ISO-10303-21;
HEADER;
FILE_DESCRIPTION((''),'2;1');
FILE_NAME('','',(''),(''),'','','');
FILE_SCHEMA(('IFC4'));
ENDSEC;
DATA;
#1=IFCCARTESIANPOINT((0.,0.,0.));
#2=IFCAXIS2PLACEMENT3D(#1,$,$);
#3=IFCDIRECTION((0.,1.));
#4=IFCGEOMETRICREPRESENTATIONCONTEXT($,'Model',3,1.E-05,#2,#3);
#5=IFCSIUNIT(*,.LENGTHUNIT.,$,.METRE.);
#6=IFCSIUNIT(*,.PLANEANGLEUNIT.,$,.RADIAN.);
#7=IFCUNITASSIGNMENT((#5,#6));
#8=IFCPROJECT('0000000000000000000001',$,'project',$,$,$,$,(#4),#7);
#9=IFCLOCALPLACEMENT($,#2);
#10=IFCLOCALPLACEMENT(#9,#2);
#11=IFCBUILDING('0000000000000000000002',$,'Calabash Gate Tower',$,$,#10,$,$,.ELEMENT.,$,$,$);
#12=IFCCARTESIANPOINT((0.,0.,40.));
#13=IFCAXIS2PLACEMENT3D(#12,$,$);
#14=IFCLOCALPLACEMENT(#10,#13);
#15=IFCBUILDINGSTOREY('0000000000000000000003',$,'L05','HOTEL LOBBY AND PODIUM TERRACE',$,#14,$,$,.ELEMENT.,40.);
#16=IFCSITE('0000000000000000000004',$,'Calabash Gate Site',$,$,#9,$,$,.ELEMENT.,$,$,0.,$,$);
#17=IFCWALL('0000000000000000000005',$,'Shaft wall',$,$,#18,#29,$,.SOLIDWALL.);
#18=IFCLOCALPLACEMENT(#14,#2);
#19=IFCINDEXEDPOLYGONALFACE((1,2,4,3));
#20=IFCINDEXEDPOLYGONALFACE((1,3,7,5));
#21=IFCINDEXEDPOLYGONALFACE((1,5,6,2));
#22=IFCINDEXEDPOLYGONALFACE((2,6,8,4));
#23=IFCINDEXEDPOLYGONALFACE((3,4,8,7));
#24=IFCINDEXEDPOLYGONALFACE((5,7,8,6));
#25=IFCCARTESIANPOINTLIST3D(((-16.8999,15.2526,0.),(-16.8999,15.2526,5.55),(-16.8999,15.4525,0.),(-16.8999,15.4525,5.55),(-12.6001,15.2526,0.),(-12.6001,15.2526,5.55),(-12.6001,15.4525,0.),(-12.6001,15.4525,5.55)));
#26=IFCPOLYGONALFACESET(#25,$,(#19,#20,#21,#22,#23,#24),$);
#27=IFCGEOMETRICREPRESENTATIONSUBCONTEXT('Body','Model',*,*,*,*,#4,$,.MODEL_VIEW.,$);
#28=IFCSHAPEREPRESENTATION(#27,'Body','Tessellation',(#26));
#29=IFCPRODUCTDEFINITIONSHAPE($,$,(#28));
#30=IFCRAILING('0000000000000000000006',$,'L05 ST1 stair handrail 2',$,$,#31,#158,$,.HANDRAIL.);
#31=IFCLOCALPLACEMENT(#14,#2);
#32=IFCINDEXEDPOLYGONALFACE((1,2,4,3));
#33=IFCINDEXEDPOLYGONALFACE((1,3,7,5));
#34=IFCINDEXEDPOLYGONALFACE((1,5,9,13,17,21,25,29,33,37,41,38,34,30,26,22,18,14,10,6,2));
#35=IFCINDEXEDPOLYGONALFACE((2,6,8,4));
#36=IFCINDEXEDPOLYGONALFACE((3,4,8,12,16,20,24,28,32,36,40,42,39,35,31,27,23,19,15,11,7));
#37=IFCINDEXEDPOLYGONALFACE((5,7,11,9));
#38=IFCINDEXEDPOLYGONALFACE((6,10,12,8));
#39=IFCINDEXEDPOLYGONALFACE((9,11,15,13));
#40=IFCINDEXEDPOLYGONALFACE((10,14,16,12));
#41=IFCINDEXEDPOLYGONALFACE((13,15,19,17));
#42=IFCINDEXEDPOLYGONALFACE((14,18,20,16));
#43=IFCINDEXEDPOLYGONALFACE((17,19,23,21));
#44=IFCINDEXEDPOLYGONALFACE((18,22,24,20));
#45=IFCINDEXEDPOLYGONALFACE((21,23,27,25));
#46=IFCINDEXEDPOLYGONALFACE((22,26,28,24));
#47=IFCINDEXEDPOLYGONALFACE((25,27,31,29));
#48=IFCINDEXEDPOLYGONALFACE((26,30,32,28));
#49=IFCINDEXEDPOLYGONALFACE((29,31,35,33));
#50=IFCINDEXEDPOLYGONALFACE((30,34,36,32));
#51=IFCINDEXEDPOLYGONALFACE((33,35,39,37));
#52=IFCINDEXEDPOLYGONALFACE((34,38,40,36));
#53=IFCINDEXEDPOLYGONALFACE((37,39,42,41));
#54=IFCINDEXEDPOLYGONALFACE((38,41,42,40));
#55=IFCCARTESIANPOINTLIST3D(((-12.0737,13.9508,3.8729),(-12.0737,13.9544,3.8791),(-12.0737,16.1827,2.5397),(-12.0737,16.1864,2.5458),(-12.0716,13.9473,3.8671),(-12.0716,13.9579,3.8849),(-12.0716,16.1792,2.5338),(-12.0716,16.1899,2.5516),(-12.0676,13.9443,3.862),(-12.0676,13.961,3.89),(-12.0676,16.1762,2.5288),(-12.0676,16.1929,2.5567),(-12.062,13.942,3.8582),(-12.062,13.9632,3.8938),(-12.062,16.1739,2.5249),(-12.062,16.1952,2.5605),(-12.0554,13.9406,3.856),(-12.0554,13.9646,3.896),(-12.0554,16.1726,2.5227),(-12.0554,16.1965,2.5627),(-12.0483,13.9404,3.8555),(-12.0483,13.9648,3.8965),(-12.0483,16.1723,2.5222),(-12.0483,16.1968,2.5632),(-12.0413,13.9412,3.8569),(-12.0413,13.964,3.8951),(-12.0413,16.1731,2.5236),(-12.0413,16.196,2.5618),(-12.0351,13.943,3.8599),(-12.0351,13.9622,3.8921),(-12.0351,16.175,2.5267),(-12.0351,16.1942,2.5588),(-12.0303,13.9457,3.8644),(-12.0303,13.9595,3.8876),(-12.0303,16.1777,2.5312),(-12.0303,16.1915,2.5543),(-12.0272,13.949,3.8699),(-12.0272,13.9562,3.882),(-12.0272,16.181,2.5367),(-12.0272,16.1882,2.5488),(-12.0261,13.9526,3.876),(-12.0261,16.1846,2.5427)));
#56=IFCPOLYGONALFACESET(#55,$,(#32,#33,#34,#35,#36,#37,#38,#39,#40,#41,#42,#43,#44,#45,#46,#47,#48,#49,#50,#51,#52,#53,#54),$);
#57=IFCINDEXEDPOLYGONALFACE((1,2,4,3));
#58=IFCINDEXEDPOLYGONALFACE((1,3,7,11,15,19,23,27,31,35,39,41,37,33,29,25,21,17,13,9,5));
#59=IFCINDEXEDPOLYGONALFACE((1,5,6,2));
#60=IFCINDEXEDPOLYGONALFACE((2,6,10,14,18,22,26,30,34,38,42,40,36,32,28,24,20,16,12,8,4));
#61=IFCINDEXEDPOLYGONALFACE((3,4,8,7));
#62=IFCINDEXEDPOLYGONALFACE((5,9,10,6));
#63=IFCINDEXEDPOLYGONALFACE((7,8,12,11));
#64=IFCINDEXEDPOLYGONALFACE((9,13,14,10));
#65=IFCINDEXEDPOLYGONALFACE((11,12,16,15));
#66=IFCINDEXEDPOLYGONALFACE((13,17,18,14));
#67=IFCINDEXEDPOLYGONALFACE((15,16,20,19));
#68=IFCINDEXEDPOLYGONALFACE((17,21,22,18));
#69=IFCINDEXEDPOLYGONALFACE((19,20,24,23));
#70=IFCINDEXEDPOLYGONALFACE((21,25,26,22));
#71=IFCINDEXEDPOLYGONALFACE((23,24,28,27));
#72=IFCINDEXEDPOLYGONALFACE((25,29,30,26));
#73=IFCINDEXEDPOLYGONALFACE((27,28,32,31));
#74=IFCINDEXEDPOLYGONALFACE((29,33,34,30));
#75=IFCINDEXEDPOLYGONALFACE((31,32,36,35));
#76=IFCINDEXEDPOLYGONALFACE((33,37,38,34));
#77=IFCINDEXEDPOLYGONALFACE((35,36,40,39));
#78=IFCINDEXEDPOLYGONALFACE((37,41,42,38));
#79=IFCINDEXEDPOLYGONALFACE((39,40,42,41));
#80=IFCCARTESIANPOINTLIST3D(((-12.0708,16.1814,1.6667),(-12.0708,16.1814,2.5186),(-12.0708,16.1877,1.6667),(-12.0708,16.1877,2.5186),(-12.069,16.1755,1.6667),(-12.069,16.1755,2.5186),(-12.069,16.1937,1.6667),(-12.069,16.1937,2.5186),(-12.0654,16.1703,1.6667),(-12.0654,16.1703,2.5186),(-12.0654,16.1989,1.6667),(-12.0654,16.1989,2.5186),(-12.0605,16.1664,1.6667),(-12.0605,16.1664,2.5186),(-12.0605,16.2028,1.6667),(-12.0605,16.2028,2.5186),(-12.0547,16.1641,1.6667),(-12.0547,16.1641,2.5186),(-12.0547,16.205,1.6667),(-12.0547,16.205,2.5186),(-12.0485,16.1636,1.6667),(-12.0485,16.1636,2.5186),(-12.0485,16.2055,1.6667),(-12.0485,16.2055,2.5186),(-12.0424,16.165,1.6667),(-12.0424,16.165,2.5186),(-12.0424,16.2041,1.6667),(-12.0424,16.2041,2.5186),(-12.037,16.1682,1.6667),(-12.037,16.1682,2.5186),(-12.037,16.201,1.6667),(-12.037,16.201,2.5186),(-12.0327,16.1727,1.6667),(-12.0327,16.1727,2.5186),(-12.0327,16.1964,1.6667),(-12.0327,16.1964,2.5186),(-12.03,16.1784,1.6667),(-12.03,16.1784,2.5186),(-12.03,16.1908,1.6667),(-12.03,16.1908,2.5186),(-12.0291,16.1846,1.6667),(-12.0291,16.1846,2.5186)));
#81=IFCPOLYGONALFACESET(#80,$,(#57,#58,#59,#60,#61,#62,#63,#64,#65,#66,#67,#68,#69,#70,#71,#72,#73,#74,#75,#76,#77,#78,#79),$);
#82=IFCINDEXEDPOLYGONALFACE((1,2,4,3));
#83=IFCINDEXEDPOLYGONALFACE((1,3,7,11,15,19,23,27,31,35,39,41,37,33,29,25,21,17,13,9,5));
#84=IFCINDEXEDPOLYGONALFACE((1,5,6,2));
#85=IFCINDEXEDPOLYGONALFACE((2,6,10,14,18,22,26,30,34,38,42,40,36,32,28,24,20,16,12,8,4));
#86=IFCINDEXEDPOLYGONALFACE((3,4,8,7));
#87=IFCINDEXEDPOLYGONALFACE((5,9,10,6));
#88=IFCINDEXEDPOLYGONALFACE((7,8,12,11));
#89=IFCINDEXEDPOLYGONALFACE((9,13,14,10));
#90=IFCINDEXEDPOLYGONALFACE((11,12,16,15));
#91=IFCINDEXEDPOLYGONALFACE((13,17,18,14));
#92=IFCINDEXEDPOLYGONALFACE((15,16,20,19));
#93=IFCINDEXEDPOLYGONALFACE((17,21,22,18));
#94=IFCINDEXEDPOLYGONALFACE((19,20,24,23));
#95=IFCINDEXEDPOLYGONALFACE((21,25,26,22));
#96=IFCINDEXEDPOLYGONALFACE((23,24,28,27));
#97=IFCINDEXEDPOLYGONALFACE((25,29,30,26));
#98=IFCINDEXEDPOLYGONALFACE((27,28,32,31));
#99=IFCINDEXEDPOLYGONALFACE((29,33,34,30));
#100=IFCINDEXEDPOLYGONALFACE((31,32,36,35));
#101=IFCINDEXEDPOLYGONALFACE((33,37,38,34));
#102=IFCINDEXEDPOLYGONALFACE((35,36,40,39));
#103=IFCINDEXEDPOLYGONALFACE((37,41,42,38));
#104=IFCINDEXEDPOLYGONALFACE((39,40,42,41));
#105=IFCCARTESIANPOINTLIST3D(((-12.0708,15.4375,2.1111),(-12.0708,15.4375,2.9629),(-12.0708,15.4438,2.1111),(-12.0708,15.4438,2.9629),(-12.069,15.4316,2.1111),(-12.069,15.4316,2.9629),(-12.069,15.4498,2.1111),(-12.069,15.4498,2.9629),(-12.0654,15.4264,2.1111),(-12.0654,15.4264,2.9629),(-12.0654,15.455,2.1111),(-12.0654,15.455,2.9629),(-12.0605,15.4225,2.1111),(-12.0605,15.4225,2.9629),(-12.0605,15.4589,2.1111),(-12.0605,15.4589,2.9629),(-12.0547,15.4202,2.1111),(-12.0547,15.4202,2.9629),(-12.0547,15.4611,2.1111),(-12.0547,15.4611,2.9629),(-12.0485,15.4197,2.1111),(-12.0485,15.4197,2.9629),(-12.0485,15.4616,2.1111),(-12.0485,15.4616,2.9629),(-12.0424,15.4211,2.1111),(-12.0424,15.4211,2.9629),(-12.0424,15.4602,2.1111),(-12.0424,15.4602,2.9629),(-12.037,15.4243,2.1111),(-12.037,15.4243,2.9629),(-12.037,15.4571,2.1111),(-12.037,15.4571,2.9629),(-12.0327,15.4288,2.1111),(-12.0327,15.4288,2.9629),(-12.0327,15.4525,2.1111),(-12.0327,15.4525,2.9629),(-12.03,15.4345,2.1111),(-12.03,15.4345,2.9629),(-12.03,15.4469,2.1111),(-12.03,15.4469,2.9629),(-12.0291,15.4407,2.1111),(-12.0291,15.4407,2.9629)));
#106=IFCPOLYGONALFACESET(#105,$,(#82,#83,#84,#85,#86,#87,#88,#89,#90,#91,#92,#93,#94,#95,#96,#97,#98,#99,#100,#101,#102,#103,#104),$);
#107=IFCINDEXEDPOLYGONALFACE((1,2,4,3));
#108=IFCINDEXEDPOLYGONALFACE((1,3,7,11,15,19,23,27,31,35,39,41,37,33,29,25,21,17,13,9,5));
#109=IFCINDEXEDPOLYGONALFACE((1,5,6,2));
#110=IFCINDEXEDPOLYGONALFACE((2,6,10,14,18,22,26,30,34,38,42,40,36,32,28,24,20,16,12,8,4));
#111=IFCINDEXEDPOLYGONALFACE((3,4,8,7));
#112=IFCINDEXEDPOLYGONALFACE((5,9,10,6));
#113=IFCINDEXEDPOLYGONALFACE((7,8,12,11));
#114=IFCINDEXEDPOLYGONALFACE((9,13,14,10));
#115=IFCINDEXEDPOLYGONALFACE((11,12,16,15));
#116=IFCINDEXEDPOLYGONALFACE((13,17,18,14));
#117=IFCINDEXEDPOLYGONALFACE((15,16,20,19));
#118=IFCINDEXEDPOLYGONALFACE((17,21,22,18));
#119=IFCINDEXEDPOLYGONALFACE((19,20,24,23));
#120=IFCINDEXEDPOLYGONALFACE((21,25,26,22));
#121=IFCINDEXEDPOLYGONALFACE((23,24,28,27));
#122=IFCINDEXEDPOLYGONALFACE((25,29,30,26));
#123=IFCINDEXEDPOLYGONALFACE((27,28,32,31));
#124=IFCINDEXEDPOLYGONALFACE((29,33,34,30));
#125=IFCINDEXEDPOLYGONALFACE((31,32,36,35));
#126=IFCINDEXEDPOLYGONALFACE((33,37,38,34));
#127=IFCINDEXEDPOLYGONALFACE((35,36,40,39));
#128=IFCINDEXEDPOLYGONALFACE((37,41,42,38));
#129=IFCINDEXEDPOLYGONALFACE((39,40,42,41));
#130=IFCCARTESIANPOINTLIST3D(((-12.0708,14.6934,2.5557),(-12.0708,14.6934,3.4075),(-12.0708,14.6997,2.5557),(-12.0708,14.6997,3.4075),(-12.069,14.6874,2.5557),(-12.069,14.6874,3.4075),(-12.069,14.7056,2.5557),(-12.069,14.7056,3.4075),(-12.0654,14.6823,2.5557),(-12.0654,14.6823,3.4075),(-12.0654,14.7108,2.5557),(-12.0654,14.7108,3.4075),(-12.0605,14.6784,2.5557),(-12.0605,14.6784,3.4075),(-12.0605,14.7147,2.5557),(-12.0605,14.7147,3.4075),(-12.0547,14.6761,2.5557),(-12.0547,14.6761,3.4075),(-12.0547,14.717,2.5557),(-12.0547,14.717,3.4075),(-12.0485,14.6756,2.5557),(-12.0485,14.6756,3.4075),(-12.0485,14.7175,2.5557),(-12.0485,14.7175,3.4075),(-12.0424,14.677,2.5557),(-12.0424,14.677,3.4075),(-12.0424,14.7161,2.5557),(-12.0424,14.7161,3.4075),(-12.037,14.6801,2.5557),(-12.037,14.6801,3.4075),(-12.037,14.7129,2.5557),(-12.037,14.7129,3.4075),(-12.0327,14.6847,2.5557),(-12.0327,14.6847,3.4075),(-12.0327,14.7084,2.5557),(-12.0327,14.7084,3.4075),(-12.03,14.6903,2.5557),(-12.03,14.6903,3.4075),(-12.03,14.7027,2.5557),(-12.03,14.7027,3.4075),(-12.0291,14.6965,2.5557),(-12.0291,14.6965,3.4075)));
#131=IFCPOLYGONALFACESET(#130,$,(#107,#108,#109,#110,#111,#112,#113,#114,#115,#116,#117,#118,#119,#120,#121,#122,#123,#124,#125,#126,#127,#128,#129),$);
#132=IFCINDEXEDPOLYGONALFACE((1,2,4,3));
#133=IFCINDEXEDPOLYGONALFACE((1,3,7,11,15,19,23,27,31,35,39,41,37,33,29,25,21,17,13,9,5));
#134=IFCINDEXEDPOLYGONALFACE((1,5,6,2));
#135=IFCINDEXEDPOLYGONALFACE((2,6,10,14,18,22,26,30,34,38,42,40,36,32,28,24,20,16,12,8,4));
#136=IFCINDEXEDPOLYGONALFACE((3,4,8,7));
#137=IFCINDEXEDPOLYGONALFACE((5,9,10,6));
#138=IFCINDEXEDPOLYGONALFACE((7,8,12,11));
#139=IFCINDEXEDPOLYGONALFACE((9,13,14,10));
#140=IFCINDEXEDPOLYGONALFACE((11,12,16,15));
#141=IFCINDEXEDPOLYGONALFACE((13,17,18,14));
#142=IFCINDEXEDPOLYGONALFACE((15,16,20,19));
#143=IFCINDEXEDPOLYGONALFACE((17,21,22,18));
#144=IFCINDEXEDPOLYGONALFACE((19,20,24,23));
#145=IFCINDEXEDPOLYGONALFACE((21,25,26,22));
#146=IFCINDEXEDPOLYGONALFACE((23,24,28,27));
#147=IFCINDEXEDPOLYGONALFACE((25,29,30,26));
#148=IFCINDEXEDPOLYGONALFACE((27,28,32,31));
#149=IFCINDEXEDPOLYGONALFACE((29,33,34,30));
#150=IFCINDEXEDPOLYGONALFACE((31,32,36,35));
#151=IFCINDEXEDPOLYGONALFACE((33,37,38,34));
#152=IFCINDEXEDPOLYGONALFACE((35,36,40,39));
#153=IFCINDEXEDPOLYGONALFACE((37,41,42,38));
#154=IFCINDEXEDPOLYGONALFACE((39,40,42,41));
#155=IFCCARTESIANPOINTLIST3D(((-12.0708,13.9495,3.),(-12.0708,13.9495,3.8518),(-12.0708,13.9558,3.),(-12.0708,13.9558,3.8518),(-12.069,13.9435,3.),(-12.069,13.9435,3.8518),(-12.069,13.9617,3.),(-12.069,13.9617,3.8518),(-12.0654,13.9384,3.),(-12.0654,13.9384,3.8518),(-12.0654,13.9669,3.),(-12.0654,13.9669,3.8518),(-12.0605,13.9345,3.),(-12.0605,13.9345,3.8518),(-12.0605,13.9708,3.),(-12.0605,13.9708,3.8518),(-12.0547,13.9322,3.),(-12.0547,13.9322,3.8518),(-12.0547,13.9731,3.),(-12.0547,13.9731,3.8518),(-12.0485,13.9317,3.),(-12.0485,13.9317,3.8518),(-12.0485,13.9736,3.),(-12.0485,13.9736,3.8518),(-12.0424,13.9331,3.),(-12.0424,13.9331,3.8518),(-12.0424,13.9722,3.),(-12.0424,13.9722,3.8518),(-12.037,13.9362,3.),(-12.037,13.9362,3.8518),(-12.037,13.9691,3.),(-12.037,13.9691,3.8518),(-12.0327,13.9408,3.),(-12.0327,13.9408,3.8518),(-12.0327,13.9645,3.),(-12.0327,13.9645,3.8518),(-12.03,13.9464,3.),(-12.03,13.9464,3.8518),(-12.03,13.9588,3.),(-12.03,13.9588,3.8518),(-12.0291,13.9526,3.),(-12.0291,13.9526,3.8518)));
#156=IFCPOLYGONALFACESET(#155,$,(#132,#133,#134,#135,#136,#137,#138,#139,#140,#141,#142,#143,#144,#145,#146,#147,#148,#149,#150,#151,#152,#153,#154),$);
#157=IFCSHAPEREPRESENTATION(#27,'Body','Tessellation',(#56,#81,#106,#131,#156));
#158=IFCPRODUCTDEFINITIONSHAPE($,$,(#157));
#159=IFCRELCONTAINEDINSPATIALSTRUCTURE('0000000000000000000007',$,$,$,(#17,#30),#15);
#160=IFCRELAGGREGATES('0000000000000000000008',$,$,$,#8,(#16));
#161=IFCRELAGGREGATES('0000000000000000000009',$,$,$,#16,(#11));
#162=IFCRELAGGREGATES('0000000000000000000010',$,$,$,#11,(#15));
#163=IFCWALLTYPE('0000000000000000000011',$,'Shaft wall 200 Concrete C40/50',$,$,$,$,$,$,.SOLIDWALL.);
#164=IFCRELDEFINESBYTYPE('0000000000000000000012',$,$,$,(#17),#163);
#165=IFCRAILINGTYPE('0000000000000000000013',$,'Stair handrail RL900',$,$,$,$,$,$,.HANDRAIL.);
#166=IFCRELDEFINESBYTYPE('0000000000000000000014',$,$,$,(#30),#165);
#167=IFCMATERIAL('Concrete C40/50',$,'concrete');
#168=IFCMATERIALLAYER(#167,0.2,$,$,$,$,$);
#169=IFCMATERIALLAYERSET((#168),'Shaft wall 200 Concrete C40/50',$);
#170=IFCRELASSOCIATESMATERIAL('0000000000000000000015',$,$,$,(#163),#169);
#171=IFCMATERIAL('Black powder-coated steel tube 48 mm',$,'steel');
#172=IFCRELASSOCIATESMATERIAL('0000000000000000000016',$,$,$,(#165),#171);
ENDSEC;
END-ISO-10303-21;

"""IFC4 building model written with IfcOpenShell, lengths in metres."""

from ifc_helpers import new_model, si_unit, direction, frame, frame_2d, origin, origin_2d, place, context, subcontext, project, spatial, rectangle, circle, extrude, material, layer, layer_set, type_object, element, save


model = new_model("IFC4")

# Units and contexts
model_context = context("Model", 3, precision=1e-05, world=origin(), true_north=direction((0.0, 1.0)))
body_context = subcontext(model_context, "Body", "Model", "MODEL_VIEW")
ifc_project = project(units=[si_unit("LENGTHUNIT", "METRE"), si_unit("PLANEANGLEUNIT", "RADIAN")], contexts=[model_context])

# Site, building, storey
site_placement = place(None, origin())
site = spatial("IfcSite", under=ifc_project, at=site_placement, Name="Calabash Gate Site", CompositionType="ELEMENT", RefElevation=0.0)
building_placement = place(site_placement, origin())
building = spatial("IfcBuilding", under=site, at=building_placement, Name="Calabash Gate Tower", CompositionType="ELEMENT")
storey_placement = place(building_placement, frame((0.0, 0.0, 40.0)))
storey = spatial("IfcBuildingStorey", under=building, at=storey_placement, Name="L05", Description="HOTEL LOBBY AND PODIUM TERRACE", CompositionType="ELEMENT", Elevation=40.0)

# Wall
ifc_material_1 = material(Name="Concrete C40/50", Category="concrete")
ifc_layer_1 = layer(ifc_material_1, 0.2)
ifc_layer_set_1 = layer_set([ifc_layer_1], Name="Shaft wall 200 Concrete C40/50")
wall_type_1 = type_object("IfcWallType", Name="Shaft wall 200 Concrete C40/50", PredefinedType="SOLIDWALL", material=ifc_layer_set_1)
wall_1_placement = place(storey_placement, frame((-16.8999, 15.3525, 0.0), z_axis=(0.0, 0.0, 1.0), x_axis=(1.0, 0.0, 0.0)))
element("IfcWall", 1, at=wall_1_placement, inside=storey, type_object=wall_type_1, Name="Shaft wall", PredefinedType="SOLIDWALL", context=body_context, shape_type="SweptSolid", body=[
    extrude(rectangle(XDim=4.2998, YDim=0.2, at=frame_2d((2.1499, 0.0))), origin(), (0.0, 0.0, 1.0), 5.55),
])

# Railing
ifc_material_2 = material(Name="Black powder-coated steel tube 48 mm", Category="steel")
railing_type_1 = type_object("IfcRailingType", Name="Stair handrail RL900", PredefinedType="HANDRAIL", material=ifc_material_2)
for number, where, name in (
    (2, (-12.05, 16.1846, 1.6667), "L05 ST1 stair handrail 2"),
):
    element("IfcRailing", number, at=place(storey_placement, frame(where)), inside=storey, type_object=railing_type_1, Name=name, PredefinedType="HANDRAIL", context=body_context, shape_type="SweptSolid", body=[
        extrude(circle(Radius=0.0239, at=origin_2d()), frame((0.0, 0.0, 0.876), z_axis=(0.0, -0.858494, 0.512824), x_axis=(1.0, 0.0, 0.0)), (0.0, 0.0, 1.0), 2.5999),
        extrude(circle(Radius=0.021, at=origin_2d()), origin(), (0.0, 0.0, 1.0), 0.8518),
        extrude(circle(Radius=0.021, at=origin_2d()), frame((0.0, -0.7439, 0.4443)), (0.0, 0.0, 1.0), 0.8518),
        extrude(circle(Radius=0.021, at=origin_2d()), frame((0.0, -1.488, 0.8889)), (0.0, 0.0, 1.0), 0.8518),
        extrude(circle(Radius=0.021, at=origin_2d()), frame((0.0, -2.2319, 1.3333)), (0.0, 0.0, 1.0), 0.8518),
    ])

save(model, "model.ifc")
